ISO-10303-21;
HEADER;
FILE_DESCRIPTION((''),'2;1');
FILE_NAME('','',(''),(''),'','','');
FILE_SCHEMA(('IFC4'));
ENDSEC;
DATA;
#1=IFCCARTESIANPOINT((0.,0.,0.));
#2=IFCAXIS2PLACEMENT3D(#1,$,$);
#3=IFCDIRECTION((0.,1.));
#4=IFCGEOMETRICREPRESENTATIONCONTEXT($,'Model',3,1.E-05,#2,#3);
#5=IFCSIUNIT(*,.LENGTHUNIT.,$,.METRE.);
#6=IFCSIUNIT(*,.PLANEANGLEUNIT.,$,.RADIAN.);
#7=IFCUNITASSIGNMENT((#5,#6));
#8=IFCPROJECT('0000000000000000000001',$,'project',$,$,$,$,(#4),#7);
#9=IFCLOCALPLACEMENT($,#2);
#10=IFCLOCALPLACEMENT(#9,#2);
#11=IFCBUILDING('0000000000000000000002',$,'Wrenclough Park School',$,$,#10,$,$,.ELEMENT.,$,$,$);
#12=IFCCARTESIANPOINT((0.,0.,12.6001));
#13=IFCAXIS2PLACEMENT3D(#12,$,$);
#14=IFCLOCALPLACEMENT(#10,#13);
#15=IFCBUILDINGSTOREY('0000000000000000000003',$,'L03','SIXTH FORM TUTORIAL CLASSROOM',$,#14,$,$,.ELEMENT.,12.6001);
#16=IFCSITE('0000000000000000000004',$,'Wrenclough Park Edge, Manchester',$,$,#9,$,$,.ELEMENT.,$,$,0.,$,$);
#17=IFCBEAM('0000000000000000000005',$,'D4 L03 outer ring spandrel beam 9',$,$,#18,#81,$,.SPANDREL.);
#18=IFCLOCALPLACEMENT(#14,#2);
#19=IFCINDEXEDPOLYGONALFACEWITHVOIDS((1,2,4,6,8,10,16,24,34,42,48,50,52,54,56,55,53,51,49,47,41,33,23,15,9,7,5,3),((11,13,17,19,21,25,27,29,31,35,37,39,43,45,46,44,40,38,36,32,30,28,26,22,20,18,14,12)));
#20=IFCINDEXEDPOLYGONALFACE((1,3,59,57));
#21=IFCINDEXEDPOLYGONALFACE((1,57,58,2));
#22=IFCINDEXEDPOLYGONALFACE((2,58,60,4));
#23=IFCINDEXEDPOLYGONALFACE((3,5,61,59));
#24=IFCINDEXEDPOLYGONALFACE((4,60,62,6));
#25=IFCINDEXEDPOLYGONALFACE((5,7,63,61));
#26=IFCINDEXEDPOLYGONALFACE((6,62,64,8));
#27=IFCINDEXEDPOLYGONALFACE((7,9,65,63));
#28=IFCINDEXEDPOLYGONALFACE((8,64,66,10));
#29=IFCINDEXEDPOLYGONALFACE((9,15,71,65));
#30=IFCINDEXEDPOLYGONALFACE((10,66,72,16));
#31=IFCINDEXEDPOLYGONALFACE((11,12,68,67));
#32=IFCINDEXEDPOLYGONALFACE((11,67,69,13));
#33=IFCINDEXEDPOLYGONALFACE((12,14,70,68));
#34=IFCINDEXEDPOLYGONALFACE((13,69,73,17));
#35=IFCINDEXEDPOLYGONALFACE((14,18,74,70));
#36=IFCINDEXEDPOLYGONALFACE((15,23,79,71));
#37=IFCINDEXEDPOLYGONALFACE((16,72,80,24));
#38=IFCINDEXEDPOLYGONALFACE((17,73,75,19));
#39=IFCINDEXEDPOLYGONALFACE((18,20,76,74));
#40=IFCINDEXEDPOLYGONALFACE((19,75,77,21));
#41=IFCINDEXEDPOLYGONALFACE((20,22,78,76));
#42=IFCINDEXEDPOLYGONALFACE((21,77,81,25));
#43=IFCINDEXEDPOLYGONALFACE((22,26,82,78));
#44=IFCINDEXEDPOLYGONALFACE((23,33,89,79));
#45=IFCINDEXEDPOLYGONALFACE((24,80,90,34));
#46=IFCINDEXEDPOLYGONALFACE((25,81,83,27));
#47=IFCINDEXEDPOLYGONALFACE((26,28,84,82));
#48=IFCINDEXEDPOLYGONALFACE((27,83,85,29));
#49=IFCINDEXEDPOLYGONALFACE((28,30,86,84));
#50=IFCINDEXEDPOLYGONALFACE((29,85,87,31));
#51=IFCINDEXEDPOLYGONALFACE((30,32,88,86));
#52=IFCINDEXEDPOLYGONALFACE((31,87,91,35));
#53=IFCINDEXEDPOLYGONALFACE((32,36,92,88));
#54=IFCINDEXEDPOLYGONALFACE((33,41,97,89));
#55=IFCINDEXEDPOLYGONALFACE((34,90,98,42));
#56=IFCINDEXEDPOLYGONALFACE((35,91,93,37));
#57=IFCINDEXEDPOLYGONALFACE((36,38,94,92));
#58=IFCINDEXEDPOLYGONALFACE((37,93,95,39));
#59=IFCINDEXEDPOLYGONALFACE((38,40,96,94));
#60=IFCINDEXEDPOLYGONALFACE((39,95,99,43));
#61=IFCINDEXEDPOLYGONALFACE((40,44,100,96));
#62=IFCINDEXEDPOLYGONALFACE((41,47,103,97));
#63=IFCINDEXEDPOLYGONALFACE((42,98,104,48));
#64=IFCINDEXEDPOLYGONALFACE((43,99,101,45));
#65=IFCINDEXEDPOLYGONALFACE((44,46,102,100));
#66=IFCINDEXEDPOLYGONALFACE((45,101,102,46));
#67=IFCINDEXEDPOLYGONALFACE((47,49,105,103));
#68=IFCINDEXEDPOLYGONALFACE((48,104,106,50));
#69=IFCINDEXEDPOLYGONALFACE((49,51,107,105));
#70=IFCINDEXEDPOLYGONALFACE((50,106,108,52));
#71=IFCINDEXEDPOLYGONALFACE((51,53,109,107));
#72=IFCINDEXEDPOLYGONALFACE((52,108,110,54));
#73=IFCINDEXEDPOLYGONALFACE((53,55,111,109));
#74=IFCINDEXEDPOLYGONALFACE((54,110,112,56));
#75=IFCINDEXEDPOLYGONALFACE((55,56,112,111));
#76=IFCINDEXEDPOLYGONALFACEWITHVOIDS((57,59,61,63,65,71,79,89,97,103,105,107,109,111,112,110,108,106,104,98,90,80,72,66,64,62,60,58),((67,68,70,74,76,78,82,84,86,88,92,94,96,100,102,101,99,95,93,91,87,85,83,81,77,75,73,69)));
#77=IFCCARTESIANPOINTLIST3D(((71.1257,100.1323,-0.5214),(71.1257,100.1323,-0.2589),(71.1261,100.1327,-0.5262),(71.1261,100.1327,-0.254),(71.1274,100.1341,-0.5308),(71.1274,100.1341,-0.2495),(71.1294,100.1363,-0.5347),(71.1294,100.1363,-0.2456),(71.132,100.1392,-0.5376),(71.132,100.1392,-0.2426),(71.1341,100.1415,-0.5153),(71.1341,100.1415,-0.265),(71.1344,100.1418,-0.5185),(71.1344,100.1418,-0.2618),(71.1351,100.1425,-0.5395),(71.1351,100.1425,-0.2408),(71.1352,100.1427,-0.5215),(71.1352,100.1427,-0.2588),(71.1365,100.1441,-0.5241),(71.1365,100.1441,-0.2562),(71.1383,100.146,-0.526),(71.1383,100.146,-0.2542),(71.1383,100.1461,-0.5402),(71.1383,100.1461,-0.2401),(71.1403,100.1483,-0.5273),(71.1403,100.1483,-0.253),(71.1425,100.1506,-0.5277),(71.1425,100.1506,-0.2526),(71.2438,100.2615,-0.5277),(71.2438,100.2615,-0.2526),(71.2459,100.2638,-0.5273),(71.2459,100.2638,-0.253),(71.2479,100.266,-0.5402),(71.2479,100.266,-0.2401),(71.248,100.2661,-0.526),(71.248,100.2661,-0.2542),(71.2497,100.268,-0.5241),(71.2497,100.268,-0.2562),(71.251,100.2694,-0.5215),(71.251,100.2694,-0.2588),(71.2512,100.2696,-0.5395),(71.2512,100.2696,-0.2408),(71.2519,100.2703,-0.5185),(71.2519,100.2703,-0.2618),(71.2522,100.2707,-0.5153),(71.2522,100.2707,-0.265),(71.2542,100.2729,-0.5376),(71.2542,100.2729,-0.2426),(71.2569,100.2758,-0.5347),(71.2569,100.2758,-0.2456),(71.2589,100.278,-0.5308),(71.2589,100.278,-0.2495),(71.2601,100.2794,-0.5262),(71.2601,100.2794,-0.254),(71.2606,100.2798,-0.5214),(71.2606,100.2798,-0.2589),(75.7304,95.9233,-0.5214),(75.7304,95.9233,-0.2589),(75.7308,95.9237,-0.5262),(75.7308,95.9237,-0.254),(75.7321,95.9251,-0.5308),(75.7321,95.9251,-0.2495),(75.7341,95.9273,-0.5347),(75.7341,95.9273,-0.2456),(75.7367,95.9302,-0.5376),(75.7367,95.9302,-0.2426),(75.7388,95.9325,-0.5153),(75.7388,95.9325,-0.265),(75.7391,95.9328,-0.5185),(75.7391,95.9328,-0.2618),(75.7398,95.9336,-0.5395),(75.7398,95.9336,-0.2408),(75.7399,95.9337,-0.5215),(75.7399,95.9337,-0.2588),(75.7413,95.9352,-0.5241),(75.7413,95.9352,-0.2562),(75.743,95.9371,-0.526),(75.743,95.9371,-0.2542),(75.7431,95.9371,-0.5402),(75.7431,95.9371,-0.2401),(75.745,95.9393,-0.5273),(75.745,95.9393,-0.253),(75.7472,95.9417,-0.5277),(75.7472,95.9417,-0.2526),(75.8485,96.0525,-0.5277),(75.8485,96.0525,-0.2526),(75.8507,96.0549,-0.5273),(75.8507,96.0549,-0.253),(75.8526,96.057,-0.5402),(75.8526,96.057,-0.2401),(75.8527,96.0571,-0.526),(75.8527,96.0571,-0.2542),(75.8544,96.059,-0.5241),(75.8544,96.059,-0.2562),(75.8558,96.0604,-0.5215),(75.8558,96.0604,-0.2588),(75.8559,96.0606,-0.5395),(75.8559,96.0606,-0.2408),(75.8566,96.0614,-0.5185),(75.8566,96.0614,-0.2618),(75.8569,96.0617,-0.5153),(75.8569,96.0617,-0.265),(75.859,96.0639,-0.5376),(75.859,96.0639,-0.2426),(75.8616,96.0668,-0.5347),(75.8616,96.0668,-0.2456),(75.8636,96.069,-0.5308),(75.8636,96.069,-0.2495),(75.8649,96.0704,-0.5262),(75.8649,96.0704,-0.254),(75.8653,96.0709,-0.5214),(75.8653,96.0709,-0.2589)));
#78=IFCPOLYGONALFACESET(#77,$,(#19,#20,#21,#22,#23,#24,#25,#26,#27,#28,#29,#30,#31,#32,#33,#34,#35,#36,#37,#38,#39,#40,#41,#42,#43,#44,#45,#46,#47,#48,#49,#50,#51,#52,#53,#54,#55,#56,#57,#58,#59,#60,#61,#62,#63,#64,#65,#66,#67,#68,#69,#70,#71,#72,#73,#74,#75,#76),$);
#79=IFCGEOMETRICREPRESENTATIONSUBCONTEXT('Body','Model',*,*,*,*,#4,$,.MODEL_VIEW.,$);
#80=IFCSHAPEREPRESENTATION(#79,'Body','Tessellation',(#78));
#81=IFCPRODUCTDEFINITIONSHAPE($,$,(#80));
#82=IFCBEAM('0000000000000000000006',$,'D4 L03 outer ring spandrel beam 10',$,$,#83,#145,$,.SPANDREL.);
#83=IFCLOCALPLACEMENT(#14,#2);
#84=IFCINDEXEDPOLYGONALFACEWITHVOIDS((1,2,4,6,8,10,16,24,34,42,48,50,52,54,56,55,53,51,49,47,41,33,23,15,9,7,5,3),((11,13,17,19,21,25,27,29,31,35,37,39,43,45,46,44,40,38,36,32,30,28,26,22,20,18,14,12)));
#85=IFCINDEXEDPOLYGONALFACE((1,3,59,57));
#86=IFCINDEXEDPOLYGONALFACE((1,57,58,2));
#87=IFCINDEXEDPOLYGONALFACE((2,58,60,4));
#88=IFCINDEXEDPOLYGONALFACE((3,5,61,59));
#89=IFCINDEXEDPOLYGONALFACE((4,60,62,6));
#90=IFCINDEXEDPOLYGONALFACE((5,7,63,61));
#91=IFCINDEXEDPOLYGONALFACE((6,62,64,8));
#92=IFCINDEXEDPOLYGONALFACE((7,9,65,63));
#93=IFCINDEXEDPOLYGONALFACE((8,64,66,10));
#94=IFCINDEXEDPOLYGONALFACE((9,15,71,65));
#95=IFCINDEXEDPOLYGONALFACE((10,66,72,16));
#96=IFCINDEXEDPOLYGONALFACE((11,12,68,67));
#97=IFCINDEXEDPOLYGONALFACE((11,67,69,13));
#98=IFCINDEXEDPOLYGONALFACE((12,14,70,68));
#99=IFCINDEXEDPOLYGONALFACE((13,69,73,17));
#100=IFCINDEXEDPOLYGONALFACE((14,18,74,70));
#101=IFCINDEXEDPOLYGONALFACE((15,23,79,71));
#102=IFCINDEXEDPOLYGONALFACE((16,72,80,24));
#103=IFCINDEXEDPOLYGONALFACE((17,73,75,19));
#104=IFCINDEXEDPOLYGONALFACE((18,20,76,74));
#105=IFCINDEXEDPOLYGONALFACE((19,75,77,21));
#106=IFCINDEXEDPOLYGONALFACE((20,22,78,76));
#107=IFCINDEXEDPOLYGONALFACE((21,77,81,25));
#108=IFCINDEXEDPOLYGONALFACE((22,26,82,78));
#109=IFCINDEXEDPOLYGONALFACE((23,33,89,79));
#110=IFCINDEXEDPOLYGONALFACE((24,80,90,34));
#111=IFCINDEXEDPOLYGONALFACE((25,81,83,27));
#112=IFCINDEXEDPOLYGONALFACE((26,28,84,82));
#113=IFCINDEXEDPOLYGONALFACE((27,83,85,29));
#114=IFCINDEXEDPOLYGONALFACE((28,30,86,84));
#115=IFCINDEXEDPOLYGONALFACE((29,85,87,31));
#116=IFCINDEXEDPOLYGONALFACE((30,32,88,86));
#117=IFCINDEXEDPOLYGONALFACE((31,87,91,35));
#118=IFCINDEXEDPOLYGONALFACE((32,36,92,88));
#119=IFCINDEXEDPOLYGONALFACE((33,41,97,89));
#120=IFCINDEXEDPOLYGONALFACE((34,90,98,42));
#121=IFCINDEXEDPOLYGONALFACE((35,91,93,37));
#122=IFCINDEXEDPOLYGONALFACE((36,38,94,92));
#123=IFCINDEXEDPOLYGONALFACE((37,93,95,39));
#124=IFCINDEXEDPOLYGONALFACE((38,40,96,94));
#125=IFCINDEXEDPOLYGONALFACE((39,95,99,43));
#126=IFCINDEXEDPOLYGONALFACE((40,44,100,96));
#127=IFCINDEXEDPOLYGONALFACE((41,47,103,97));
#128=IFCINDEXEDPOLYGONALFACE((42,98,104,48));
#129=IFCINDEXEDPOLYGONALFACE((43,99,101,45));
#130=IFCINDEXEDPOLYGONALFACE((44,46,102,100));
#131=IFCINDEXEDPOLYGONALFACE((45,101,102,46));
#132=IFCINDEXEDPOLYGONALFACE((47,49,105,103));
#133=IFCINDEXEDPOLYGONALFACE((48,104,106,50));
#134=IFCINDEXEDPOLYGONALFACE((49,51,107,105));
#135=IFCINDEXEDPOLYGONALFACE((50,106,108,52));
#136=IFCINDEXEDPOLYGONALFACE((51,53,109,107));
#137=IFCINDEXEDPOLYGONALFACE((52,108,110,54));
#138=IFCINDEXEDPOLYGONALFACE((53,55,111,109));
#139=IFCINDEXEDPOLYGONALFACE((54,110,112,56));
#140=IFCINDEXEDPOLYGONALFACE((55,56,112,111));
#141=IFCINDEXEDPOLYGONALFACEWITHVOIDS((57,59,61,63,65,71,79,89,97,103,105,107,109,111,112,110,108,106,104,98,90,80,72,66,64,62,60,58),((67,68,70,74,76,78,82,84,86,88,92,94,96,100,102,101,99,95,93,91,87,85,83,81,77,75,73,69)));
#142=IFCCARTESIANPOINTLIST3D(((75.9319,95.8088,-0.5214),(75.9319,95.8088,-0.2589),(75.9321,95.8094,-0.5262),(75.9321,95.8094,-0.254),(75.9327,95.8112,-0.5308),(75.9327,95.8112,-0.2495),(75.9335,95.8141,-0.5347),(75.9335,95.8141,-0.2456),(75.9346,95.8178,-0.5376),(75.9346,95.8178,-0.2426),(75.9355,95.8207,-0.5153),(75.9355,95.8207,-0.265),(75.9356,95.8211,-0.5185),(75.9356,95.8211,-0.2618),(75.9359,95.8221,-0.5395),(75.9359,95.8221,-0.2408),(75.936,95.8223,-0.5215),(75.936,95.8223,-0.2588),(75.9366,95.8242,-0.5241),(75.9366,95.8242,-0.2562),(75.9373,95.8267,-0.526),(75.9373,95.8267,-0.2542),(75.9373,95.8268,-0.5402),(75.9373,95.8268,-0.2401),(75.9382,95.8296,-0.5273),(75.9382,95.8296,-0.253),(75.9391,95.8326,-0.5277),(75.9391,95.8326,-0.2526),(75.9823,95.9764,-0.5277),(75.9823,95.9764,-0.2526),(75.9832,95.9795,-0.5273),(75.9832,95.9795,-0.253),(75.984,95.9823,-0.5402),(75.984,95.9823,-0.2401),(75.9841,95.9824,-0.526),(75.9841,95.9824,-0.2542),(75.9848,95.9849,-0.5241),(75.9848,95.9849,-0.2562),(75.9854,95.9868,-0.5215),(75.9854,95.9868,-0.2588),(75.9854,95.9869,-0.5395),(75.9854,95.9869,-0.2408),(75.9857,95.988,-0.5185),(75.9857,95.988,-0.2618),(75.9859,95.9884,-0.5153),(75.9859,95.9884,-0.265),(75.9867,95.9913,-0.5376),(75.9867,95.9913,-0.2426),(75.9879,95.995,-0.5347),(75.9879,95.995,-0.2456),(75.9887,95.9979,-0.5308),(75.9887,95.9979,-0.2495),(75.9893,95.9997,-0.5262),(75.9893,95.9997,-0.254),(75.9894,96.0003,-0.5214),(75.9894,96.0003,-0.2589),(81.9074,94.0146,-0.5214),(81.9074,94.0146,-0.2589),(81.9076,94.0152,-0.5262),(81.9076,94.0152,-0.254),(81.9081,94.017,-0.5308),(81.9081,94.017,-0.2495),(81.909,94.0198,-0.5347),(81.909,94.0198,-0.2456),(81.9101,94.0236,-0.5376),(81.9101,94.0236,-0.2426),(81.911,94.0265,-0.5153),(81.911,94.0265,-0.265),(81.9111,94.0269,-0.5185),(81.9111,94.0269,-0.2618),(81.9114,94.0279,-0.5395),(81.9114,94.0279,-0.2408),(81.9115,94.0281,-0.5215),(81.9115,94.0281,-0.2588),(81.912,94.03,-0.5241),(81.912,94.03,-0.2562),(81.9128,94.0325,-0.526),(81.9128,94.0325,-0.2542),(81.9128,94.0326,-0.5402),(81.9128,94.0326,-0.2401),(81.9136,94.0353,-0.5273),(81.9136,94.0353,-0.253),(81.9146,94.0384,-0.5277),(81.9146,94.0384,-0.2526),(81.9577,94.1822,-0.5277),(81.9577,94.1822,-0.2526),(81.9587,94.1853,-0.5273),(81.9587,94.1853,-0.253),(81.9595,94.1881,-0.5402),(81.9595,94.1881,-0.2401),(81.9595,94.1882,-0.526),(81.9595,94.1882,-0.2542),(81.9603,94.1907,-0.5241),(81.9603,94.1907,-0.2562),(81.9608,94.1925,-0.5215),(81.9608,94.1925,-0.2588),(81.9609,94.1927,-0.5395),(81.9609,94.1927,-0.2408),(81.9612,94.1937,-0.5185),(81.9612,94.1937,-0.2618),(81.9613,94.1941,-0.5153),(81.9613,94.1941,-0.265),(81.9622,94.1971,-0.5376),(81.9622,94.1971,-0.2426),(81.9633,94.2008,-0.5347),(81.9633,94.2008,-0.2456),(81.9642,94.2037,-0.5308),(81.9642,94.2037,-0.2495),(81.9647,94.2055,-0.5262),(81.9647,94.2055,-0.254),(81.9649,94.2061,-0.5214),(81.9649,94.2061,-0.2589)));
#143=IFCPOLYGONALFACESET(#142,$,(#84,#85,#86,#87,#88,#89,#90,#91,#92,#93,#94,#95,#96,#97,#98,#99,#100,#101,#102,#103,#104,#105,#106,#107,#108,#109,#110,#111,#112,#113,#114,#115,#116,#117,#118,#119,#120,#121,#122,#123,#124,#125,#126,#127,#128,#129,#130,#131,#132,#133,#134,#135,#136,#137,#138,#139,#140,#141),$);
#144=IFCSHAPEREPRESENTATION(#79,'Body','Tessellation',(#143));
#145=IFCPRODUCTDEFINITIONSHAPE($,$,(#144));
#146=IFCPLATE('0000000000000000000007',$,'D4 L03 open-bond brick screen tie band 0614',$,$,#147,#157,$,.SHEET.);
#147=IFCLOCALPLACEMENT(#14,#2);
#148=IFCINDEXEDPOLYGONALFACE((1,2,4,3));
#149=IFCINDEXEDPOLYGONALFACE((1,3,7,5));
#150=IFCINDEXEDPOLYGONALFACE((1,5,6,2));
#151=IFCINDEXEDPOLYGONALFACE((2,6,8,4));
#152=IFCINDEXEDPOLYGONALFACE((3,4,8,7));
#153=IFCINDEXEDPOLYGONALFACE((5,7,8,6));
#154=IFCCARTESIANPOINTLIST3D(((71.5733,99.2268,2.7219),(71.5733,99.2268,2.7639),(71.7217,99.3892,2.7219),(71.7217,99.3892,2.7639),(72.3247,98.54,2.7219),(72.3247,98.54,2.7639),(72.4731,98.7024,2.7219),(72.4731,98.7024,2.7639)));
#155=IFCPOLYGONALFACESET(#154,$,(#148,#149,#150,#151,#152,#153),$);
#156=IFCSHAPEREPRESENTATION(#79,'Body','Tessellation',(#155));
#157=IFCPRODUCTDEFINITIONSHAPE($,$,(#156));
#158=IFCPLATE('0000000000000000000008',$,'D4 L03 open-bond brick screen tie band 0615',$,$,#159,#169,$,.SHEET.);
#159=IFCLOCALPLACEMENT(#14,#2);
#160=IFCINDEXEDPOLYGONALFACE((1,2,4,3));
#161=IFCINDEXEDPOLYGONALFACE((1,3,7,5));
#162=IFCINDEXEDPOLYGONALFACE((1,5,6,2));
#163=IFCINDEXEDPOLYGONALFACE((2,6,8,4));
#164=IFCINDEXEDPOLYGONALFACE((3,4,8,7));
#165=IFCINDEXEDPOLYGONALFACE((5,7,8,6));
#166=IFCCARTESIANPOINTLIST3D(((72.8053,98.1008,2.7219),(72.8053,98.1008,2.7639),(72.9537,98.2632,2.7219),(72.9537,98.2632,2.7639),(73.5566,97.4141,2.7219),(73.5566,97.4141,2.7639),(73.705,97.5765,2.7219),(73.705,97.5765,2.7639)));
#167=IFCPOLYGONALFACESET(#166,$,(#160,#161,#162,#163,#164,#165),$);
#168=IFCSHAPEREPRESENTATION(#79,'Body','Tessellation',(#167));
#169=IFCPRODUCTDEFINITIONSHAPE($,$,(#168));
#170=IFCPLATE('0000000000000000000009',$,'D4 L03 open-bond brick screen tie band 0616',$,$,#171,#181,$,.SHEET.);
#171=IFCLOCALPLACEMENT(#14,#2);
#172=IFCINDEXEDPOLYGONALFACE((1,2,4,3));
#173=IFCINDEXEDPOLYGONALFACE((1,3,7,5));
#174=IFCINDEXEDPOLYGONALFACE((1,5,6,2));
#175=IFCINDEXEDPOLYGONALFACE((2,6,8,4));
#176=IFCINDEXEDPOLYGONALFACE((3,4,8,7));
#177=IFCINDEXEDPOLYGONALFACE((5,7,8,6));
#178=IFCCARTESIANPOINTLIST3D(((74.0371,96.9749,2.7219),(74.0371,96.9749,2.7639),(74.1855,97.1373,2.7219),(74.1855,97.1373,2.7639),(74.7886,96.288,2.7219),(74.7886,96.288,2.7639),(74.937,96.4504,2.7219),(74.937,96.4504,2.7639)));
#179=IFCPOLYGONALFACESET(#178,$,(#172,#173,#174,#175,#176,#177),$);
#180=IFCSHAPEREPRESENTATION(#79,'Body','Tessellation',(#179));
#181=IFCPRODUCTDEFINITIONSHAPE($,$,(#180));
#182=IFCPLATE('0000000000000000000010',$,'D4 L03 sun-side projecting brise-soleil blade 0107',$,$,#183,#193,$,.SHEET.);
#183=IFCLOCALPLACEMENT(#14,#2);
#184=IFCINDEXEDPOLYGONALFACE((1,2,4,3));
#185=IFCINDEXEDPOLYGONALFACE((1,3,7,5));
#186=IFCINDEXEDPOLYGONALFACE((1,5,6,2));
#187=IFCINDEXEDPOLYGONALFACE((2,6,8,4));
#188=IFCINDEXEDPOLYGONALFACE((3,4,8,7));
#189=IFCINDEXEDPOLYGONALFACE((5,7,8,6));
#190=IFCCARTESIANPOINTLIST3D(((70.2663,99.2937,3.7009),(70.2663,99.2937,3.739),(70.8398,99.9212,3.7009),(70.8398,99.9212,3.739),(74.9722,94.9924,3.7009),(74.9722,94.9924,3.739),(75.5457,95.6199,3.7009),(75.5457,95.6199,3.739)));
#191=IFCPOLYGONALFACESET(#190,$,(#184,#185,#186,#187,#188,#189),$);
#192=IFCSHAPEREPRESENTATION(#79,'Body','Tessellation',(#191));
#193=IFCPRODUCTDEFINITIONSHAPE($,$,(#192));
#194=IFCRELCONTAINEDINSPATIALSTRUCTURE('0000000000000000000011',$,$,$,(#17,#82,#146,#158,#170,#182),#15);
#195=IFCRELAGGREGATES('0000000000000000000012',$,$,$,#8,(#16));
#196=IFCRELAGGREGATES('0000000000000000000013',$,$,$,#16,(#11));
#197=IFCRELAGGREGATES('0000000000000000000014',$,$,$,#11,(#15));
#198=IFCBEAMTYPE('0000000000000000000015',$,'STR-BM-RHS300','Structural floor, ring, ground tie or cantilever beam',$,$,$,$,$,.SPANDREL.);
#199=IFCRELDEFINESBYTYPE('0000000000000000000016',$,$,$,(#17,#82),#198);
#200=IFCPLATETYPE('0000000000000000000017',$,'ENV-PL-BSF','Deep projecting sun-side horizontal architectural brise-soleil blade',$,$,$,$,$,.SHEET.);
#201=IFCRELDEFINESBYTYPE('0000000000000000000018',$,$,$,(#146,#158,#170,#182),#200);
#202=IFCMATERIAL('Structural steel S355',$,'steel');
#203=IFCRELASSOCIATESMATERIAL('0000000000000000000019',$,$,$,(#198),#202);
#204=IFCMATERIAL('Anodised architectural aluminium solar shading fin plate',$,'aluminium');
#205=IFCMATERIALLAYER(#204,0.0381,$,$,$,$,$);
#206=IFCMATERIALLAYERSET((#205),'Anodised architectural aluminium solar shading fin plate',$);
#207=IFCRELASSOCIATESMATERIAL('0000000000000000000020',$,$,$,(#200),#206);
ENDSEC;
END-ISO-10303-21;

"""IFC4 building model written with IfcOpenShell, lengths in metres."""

from ifc_helpers import new_model, si_unit, direction, frame, origin, origin_2d, place, context, subcontext, project, spatial, rectangle, hollow_rectangle, extrude, material, layer, layer_set, material_profile, profile_set, type_object, element, save


model = new_model("IFC4")

# Units and contexts
model_context = context("Model", 3, precision=1e-05, world=origin(), true_north=direction((0.0, 1.0)))
body_context = subcontext(model_context, "Body", "Model", "MODEL_VIEW")
ifc_project = project(units=[si_unit("LENGTHUNIT", "METRE"), si_unit("PLANEANGLEUNIT", "RADIAN")], contexts=[model_context])

# Site, building, storey
site_placement = place(None, origin())
site = spatial("IfcSite", under=ifc_project, at=site_placement, Name="Wrenclough Park Edge, Manchester", CompositionType="ELEMENT", RefElevation=0.0)
building_placement = place(site_placement, origin())
building = spatial("IfcBuilding", under=site, at=building_placement, Name="Wrenclough Park School", CompositionType="ELEMENT")
storey_placement = place(building_placement, frame((0.0, 0.0, 12.6001)))
storey = spatial("IfcBuildingStorey", under=building, at=storey_placement, Name="L03", Description="SIXTH FORM TUTORIAL CLASSROOM", CompositionType="ELEMENT", Elevation=12.6001)

# Shared definitions
ifc_material_1 = material(Name="Structural steel S355", Category="steel")

# Beams
ifc_material_profile_1 = material_profile(ifc_material_1, hollow_rectangle(XDim=0.2, YDim=0.3, WallThickness=0.0125, InnerFilletRadius=0.0125, OuterFilletRadius=0.0188, at=origin_2d()), Name="RHS 300x200x12.5")
ifc_profile_set_1 = profile_set([ifc_material_profile_1], Name="Structural steel S355")
beam_type = type_object("IfcBeamType", Name="STR-BM-RHS300", Description="Structural floor, ring, ground tie or cantilever beam", PredefinedType="SPANDREL", material=ifc_profile_set_1)
beam_1_placement = place(storey_placement, frame((71.1931, 100.2061, -0.3901), z_axis=(0.738113, -0.674677, 0.0), x_axis=(0.674677, 0.738113, 0.0)))
element("IfcBeam", 1, at=beam_1_placement, inside=storey, type_object=beam_type, Name="D4 L03 outer ring spandrel beam 9", PredefinedType="SPANDREL", context=body_context, shape_type="SweptSolid", body=[
    extrude(hollow_rectangle(XDim=0.2, YDim=0.3, WallThickness=0.0125, InnerFilletRadius=0.0125, OuterFilletRadius=0.0188, at=origin_2d()), origin(), (0.0, 0.0, 1.0), 6.2385),
])
beam_2_placement = place(storey_placement, frame((75.9607, 95.9045, -0.3901), z_axis=(0.957756, -0.287581, 0.0), x_axis=(0.287581, 0.957756, 0.0)))
element("IfcBeam", 2, at=beam_2_placement, inside=storey, type_object=beam_type, Name="D4 L03 outer ring spandrel beam 10", PredefinedType="SPANDREL", context=body_context, shape_type="SweptSolid", body=[
    extrude(hollow_rectangle(XDim=0.2, YDim=0.3, WallThickness=0.0125, InnerFilletRadius=0.0125, OuterFilletRadius=0.0188, at=origin_2d()), origin(), (0.0, 0.0, 1.0), 6.239),
])

# Plates
ifc_material_2 = material(Name="Anodised architectural aluminium solar shading fin plate", Category="aluminium")
ifc_layer_1 = layer(ifc_material_2, 0.0381)
ifc_layer_set_1 = layer_set([ifc_layer_1], Name="Anodised architectural aluminium solar shading fin plate")
plate_type = type_object("IfcPlateType", Name="ENV-PL-BSF", Description="Deep projecting sun-side horizontal architectural brise-soleil blade", PredefinedType="SHEET", material=ifc_layer_set_1)
plate_1_placement = place(storey_placement, frame((72.0232, 98.9646, 2.7219), z_axis=(0.0, 0.0, 1.0), x_axis=(0.738122, -0.674667, 0.0)))
element("IfcPlate", 3, at=plate_1_placement, inside=storey, type_object=plate_type, Name="D4 L03 open-bond brick screen tie band 0614", PredefinedType="SHEET", context=body_context, shape_type="SweptSolid", body=[
    extrude(rectangle(XDim=1.0181, YDim=0.22, at=origin_2d()), origin(), (0.0, 0.0, 1.0), 0.042),
])
plate_2_placement = place(storey_placement, frame((73.2551, 97.8386, 2.7219), z_axis=(0.0, 0.0, 1.0), x_axis=(0.738122, -0.674667, 0.0)))
element("IfcPlate", 4, at=plate_2_placement, inside=storey, type_object=plate_type, Name="D4 L03 open-bond brick screen tie band 0615", PredefinedType="SHEET", context=body_context, shape_type="SweptSolid", body=[
    extrude(rectangle(XDim=1.0178, YDim=0.22, at=origin_2d()), origin(), (0.0, 0.0, 1.0), 0.042),
])
plate_3_placement = place(storey_placement, frame((74.4871, 96.7126, 2.7219), z_axis=(0.0, 0.0, 1.0), x_axis=(0.738122, -0.674667, 0.0)))
element("IfcPlate", 5, at=plate_3_placement, inside=storey, type_object=plate_type, Name="D4 L03 open-bond brick screen tie band 0616", PredefinedType="SHEET", context=body_context, shape_type="SweptSolid", body=[
    extrude(rectangle(XDim=1.0181, YDim=0.22, at=origin_2d()), origin(), (0.0, 0.0, 1.0), 0.042),
])
plate_4_placement = place(storey_placement, frame((72.906, 97.4568, 3.7009), z_axis=(0.0, 0.0, 1.0), x_axis=(0.738122, -0.674667, 0.0)))
element("IfcPlate", 6, at=plate_4_placement, inside=storey, type_object=plate_type, Name="D4 L03 sun-side projecting brise-soleil blade 0107", PredefinedType="SHEET", context=body_context, shape_type="SweptSolid", body=[
    extrude(rectangle(XDim=6.3755, YDim=0.8501, at=origin_2d()), origin(), (0.0, 0.0, 1.0), 0.0381),
])

save(model, "model.ifc")
